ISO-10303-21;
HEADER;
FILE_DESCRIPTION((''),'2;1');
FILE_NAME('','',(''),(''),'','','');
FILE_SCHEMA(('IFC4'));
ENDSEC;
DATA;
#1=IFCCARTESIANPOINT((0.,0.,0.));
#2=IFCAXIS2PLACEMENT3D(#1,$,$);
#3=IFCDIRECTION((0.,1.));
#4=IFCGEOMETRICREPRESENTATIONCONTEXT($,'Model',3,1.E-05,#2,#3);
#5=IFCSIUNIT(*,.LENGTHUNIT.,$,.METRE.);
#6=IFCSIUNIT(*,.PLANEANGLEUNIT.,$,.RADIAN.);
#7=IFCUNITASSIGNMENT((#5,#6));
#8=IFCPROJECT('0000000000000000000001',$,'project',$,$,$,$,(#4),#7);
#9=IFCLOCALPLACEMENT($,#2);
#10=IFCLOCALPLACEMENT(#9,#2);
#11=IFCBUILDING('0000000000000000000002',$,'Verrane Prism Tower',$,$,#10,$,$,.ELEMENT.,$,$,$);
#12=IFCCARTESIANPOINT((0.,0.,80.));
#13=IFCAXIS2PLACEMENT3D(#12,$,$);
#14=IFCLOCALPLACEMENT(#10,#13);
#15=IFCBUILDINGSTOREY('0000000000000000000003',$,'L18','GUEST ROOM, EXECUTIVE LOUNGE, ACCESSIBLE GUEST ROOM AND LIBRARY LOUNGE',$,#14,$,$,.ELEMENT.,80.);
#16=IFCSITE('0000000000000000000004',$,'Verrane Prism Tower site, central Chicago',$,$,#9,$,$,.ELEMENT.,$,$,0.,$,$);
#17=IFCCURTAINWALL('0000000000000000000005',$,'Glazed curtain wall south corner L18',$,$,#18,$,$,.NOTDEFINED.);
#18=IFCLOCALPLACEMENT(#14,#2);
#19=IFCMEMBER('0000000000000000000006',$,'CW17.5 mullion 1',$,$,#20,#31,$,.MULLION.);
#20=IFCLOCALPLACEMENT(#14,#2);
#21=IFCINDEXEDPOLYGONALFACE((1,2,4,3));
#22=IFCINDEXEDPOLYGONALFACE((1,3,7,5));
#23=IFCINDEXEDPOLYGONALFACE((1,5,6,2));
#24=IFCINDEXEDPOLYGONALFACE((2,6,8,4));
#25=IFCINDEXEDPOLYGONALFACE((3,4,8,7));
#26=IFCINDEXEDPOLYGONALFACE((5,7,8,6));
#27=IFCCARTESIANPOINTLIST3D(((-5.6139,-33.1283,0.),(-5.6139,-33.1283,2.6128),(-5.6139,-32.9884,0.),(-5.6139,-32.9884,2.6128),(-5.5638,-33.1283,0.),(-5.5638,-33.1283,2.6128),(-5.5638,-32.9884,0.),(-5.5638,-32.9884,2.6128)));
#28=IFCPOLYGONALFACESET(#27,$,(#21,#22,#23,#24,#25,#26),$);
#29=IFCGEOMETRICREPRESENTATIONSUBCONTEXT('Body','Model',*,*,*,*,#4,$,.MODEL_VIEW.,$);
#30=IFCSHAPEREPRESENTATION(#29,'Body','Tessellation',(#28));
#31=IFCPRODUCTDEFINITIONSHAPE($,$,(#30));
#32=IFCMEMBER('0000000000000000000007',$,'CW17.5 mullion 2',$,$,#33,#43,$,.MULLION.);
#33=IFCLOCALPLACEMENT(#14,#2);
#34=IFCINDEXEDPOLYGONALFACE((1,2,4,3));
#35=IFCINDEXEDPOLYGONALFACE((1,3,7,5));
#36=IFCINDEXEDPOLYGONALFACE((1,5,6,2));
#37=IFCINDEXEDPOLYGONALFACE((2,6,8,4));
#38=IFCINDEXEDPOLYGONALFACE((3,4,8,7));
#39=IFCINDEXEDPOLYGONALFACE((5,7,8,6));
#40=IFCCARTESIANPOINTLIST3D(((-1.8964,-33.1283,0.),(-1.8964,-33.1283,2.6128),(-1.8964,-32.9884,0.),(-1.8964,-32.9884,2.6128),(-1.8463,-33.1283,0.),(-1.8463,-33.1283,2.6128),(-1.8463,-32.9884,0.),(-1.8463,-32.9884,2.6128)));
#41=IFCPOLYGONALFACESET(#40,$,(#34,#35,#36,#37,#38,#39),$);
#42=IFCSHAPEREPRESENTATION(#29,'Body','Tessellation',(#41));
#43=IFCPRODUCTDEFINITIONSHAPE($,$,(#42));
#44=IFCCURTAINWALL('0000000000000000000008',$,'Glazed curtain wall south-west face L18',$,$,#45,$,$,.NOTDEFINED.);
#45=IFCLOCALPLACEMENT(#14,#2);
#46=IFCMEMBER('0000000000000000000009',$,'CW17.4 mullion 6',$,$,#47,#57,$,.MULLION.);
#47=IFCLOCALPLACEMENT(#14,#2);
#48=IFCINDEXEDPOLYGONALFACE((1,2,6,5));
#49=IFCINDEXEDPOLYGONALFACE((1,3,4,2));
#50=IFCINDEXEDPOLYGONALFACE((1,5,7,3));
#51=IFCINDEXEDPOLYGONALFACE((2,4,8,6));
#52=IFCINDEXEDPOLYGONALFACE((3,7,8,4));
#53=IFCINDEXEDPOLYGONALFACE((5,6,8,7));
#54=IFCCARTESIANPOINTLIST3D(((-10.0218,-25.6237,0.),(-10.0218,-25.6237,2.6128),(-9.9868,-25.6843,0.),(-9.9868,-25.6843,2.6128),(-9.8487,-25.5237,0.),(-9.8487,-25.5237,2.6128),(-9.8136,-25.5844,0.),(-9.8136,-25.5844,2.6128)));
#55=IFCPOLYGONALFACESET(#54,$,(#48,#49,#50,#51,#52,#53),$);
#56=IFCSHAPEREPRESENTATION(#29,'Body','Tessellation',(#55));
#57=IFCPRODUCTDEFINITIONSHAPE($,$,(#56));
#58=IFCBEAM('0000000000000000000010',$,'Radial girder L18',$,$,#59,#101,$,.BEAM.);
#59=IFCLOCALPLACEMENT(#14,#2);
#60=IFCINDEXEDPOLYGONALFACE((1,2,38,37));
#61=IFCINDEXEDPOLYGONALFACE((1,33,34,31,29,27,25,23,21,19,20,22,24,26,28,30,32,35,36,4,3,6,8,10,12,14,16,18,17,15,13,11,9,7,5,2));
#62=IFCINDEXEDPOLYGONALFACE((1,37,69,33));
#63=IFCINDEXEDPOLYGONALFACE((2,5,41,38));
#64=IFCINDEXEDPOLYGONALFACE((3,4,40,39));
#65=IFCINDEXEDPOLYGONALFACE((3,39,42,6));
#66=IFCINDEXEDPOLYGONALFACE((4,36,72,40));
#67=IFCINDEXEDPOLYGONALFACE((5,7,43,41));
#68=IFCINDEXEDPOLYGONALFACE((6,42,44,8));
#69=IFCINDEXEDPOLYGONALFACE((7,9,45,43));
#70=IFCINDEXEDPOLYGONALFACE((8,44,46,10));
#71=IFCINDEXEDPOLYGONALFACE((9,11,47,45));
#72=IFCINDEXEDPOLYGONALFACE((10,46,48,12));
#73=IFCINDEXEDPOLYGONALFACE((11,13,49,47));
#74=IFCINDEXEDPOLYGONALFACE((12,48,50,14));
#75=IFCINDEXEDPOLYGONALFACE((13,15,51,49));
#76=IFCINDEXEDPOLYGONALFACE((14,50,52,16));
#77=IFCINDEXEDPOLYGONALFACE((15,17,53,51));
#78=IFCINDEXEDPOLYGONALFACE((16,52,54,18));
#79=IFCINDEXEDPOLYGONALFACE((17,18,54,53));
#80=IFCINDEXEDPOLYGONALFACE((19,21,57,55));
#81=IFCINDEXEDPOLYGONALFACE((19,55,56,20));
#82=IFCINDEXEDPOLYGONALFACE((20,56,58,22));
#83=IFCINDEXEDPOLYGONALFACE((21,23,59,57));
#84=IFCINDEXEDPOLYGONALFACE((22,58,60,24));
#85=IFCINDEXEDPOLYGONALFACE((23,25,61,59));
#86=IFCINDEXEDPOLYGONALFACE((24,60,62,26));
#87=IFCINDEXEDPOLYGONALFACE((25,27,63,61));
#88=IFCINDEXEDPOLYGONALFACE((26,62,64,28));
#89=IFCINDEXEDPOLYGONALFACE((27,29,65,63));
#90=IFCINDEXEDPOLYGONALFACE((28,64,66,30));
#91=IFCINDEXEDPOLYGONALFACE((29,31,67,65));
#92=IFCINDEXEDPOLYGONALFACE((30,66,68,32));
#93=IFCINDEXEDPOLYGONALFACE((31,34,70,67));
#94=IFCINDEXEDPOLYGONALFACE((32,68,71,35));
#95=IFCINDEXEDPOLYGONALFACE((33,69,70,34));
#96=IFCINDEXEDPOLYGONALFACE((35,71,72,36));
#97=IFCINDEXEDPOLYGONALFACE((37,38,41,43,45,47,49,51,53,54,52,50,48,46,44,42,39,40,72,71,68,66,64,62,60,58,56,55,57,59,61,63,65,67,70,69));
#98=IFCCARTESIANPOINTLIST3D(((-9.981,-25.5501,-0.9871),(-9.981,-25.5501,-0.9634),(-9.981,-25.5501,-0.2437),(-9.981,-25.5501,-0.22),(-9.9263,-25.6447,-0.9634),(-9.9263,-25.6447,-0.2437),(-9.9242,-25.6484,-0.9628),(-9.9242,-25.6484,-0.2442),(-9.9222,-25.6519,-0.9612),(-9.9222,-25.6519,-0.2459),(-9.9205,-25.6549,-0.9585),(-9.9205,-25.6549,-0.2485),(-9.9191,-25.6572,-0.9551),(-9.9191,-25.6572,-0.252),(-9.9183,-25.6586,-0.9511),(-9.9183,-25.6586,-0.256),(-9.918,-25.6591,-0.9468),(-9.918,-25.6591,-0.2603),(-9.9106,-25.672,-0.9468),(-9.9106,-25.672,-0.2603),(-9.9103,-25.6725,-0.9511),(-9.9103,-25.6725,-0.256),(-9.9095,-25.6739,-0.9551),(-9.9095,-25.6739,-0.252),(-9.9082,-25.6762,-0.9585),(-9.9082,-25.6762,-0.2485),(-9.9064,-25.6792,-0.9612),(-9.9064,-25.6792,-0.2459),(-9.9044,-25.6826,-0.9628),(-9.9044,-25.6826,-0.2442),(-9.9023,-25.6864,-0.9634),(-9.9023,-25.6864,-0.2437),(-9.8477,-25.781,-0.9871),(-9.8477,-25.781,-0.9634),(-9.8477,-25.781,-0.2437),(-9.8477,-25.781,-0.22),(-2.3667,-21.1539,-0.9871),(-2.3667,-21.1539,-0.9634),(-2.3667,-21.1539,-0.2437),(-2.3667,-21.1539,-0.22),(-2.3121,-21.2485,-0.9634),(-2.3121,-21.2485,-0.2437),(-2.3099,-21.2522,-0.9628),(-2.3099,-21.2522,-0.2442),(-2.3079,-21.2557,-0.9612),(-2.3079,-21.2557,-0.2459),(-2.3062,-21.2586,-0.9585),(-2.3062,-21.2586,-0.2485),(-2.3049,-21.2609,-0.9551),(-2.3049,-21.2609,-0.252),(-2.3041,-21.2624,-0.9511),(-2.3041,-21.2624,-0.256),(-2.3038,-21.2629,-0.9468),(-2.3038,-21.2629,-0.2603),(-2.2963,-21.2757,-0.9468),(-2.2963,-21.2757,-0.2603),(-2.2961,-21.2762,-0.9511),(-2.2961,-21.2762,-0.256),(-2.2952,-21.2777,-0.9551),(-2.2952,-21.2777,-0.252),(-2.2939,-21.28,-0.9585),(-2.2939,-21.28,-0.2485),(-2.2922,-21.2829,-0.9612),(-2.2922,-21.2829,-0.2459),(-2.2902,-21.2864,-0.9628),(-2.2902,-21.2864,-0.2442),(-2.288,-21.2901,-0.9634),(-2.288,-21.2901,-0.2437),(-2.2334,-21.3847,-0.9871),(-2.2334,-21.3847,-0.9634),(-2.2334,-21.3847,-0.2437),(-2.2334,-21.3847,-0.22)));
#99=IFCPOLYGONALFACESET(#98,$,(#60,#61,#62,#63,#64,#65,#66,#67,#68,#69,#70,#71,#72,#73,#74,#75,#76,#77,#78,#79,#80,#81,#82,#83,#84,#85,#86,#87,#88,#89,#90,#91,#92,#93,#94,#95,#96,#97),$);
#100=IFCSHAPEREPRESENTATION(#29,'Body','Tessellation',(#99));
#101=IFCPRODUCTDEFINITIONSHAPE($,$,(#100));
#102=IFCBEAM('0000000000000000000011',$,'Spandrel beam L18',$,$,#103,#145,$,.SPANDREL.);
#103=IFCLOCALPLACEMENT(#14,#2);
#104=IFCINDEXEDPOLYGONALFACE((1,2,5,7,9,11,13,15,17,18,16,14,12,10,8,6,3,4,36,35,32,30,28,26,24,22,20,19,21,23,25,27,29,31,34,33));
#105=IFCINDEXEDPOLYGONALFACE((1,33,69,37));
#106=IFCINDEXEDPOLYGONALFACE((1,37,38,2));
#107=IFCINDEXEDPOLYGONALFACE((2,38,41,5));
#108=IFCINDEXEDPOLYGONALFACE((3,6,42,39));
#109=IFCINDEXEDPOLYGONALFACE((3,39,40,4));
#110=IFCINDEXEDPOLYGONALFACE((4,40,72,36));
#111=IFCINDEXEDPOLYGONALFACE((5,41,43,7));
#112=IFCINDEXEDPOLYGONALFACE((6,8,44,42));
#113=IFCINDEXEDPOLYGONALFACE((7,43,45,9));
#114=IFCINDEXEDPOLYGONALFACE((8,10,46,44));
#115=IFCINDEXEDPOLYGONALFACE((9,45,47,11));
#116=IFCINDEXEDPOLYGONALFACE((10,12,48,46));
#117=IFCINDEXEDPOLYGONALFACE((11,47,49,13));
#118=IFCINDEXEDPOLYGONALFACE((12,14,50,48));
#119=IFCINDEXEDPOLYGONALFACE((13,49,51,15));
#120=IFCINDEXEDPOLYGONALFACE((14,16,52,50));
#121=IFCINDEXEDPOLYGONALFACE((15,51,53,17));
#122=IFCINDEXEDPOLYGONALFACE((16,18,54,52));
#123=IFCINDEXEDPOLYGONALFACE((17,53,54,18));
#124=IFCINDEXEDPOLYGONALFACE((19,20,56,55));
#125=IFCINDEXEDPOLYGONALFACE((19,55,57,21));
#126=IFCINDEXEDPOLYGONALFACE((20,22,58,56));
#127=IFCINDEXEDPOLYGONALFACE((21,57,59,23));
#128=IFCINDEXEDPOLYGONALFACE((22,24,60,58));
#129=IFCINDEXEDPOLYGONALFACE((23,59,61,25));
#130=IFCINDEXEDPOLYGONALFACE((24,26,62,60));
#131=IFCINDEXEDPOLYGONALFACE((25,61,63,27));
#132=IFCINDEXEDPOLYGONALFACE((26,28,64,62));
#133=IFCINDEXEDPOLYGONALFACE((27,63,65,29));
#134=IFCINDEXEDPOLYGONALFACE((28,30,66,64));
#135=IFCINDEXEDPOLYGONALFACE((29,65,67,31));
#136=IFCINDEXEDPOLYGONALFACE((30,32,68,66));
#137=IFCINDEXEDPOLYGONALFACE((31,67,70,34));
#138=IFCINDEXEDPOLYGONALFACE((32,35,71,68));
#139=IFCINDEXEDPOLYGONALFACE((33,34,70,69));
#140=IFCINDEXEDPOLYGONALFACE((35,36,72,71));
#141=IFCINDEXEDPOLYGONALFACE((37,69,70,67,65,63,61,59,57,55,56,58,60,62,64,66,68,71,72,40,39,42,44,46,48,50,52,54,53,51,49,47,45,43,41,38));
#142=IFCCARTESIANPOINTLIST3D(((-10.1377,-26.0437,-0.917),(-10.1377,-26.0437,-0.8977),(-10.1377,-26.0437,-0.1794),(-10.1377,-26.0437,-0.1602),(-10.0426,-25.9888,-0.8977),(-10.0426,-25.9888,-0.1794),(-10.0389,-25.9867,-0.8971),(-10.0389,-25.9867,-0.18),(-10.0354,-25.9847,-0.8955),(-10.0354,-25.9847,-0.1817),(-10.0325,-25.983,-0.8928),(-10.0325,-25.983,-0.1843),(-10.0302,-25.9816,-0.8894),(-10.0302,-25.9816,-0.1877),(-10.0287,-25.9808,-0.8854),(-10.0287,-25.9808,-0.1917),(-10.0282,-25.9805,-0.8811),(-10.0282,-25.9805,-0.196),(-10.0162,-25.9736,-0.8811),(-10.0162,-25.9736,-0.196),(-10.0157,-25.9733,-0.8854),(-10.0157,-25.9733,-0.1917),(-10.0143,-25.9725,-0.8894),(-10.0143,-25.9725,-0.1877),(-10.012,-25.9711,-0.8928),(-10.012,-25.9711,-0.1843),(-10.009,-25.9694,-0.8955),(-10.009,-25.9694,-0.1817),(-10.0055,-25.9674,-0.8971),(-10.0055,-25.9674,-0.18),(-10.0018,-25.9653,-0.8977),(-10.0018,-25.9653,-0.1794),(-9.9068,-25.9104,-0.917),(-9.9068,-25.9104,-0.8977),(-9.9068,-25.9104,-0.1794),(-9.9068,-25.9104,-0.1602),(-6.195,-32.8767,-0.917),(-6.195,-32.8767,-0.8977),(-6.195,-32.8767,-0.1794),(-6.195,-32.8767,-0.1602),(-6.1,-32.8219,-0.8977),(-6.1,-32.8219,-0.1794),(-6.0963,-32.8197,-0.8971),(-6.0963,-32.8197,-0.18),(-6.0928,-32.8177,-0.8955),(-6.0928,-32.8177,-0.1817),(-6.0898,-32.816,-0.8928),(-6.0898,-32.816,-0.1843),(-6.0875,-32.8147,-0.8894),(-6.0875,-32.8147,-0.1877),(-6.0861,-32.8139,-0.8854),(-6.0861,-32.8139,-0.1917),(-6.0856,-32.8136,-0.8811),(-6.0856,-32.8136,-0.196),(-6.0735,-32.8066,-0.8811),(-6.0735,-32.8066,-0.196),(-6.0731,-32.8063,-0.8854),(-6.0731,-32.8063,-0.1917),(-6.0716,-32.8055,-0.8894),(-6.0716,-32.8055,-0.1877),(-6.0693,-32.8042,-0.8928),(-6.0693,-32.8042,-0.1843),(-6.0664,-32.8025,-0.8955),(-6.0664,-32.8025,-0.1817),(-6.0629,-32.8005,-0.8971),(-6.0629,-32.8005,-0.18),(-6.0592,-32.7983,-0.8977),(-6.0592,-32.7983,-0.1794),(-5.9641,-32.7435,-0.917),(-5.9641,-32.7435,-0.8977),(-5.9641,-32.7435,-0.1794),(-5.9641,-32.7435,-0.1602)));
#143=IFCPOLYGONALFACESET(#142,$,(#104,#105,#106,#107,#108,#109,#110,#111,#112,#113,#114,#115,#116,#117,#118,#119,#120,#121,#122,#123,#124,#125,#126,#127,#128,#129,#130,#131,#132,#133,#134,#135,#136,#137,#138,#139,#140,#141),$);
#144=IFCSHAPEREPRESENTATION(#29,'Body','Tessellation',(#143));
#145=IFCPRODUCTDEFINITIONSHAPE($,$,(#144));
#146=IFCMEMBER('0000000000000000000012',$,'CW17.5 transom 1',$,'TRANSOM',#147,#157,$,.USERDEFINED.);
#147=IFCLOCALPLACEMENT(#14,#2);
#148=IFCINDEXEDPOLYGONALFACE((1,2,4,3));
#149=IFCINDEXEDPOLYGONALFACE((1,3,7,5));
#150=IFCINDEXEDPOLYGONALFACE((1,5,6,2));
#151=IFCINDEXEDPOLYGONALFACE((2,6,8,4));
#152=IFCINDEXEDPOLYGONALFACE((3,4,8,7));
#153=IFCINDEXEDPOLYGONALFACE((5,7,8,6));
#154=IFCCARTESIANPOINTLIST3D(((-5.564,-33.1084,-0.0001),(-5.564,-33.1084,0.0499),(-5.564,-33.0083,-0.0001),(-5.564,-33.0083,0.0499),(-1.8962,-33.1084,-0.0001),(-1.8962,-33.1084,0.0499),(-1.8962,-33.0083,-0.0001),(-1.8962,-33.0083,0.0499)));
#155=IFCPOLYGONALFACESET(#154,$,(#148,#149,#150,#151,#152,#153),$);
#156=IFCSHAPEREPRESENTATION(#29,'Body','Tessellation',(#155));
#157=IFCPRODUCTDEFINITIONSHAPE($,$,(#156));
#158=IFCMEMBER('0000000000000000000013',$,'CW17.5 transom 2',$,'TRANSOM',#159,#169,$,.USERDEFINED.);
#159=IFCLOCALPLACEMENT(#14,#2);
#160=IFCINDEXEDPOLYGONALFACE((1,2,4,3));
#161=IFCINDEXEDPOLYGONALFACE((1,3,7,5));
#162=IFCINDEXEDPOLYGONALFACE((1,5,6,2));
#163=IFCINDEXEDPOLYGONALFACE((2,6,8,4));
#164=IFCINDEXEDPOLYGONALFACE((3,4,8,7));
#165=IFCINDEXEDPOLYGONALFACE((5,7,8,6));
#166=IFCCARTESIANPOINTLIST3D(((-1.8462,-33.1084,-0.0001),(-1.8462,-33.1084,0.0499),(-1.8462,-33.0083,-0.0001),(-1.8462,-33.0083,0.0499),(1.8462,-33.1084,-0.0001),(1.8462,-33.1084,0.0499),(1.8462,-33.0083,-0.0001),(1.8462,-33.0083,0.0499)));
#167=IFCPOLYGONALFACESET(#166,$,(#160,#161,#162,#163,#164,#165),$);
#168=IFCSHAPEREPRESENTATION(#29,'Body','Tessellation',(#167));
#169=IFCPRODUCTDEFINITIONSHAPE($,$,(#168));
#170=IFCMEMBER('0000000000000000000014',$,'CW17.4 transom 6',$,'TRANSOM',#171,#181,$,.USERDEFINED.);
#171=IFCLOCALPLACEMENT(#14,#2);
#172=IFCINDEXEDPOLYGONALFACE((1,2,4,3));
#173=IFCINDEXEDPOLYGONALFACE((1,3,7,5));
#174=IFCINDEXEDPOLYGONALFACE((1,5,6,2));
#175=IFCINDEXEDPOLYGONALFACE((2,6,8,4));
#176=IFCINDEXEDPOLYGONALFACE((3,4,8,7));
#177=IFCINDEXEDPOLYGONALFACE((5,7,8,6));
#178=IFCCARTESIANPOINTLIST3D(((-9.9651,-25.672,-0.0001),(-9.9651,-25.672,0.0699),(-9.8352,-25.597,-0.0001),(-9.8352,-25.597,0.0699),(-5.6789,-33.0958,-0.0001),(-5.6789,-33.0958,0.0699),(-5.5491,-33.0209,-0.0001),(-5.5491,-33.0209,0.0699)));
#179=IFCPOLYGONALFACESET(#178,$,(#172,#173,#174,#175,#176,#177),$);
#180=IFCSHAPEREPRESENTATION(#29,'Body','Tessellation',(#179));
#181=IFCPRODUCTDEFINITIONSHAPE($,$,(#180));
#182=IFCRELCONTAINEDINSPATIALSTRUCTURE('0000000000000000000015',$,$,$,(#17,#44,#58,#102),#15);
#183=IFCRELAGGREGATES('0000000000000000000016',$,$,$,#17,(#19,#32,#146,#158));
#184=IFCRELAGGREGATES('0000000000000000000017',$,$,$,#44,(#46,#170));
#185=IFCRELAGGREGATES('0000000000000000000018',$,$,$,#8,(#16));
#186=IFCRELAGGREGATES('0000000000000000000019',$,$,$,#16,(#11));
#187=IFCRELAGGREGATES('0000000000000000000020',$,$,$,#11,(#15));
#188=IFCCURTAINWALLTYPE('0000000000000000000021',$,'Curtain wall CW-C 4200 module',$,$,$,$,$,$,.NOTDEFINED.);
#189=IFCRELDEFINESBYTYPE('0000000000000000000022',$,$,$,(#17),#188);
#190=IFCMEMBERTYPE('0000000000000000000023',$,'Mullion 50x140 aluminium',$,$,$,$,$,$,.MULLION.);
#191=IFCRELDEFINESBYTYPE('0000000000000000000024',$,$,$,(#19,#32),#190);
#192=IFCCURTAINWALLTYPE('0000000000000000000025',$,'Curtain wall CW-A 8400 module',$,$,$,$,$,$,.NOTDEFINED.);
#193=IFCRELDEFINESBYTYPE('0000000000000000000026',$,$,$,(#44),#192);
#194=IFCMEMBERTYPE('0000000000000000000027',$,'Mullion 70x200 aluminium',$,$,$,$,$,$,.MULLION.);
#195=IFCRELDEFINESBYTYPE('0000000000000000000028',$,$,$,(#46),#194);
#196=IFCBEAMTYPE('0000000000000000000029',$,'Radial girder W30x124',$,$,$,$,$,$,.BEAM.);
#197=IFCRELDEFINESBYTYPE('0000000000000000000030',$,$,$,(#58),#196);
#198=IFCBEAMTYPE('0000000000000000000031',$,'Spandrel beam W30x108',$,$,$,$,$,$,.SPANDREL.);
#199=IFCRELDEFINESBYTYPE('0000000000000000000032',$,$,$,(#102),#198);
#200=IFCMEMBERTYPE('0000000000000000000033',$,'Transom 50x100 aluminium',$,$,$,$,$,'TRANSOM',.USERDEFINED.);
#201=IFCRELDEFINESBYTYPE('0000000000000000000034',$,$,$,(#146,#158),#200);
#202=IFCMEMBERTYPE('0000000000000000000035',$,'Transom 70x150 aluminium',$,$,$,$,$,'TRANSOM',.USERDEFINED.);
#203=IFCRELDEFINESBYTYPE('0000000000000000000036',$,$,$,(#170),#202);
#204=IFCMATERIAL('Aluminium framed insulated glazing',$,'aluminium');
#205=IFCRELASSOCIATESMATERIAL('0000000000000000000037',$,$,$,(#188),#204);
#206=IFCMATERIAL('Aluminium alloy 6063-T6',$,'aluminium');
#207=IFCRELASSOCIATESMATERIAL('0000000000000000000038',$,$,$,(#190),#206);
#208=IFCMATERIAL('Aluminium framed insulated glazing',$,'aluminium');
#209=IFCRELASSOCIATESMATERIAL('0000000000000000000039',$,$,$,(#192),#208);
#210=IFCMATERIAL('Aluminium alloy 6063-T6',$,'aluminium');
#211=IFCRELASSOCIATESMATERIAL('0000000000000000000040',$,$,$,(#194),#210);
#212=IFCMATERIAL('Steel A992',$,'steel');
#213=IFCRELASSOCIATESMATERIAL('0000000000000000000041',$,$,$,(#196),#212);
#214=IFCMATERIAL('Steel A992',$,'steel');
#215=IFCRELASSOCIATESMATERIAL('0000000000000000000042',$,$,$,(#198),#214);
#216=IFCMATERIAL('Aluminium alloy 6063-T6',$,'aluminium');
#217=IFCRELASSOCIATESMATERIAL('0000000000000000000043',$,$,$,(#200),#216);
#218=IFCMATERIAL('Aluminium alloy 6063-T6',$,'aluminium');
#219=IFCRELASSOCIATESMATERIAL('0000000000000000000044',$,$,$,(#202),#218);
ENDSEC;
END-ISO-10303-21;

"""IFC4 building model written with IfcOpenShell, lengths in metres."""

from ifc_helpers import new_model, si_unit, direction, frame, origin, origin_2d, place, context, subcontext, project, spatial, rectangle, i_section, extrude, material, material_profile, profile_set, type_object, element, aggregate, save


model = new_model("IFC4")

# Units and contexts
model_context = context("Model", 3, precision=1e-05, world=origin(), true_north=direction((0.0, 1.0)))
body_context = subcontext(model_context, "Body", "Model", "MODEL_VIEW")
ifc_project = project(units=[si_unit("LENGTHUNIT", "METRE"), si_unit("PLANEANGLEUNIT", "RADIAN")], contexts=[model_context])

# Site, building, storey
site_placement = place(None, origin())
site = spatial("IfcSite", under=ifc_project, at=site_placement, Name="Verrane Prism Tower site, central Chicago", CompositionType="ELEMENT", RefElevation=0.0)
building_placement = place(site_placement, origin())
building = spatial("IfcBuilding", under=site, at=building_placement, Name="Verrane Prism Tower", CompositionType="ELEMENT")
storey_placement = place(building_placement, frame((0.0, 0.0, 80.0)))
storey = spatial("IfcBuildingStorey", under=building, at=storey_placement, Name="L18", Description="GUEST ROOM, EXECUTIVE LOUNGE, ACCESSIBLE GUEST ROOM AND LIBRARY LOUNGE", CompositionType="ELEMENT", Elevation=80.0)

# Curtain wall, members
ifc_material_1 = material(Name="Aluminium framed insulated glazing", Category="aluminium")
curtain_wall_type_1 = type_object("IfcCurtainWallType", Name="Curtain wall CW-C 4200 module", PredefinedType="NOTDEFINED", material=ifc_material_1)
curtain_wall_1_placement = place(storey_placement, origin())
curtain_wall_1 = element("IfcCurtainWall", 1, at=curtain_wall_1_placement, inside=storey, type_object=curtain_wall_type_1, Name="Glazed curtain wall south corner L18", PredefinedType="NOTDEFINED")
ifc_material_2 = material(Name="Aluminium alloy 6063-T6", Category="aluminium")
ifc_material_profile_1 = material_profile(ifc_material_2, rectangle(XDim=0.1399, YDim=0.05, at=origin_2d()), Name="Mullion 50x140 aluminium")
ifc_profile_set_1 = profile_set([ifc_material_profile_1], Name="Aluminium alloy 6063-T6")
member_type_1 = type_object("IfcMemberType", Name="Mullion 50x140 aluminium", PredefinedType="MULLION", material=ifc_profile_set_1)
member_1_placement = place(storey_placement, frame((-5.5889, -33.0583, 0.0), z_axis=(0.0, 0.0, 1.0), x_axis=(0.0, 1.0, 0.0)))
member_1 = element("IfcMember", 2, at=member_1_placement, type_object=member_type_1, Name="CW17.5 mullion 1", PredefinedType="MULLION", context=body_context, shape_type="SweptSolid", body=[
    extrude(rectangle(XDim=0.1399, YDim=0.05, at=origin_2d()), origin(), (0.0, 0.0, 1.0), 2.6128),
])
member_2_placement = place(storey_placement, frame((-1.8713, -33.0583, 0.0), z_axis=(0.0, 0.0, 1.0), x_axis=(0.0, 1.0, 0.0)))
member_2 = element("IfcMember", 3, at=member_2_placement, type_object=member_type_1, Name="CW17.5 mullion 2", PredefinedType="MULLION", context=body_context, shape_type="SweptSolid", body=[
    extrude(rectangle(XDim=0.1399, YDim=0.05, at=origin_2d()), origin(), (0.0, 0.0, 1.0), 2.6128),
])

# Curtain wall, member
ifc_material_3 = material(Name="Aluminium framed insulated glazing", Category="aluminium")
curtain_wall_type_2 = type_object("IfcCurtainWallType", Name="Curtain wall CW-A 8400 module", PredefinedType="NOTDEFINED", material=ifc_material_3)
curtain_wall_2_placement = place(storey_placement, origin())
curtain_wall_2 = element("IfcCurtainWall", 4, at=curtain_wall_2_placement, inside=storey, type_object=curtain_wall_type_2, Name="Glazed curtain wall south-west face L18", PredefinedType="NOTDEFINED")
ifc_material_4 = material(Name="Aluminium alloy 6063-T6", Category="aluminium")
ifc_material_profile_2 = material_profile(ifc_material_4, rectangle(XDim=0.2, YDim=0.0701, at=origin_2d()), Name="Mullion 70x200 aluminium")
ifc_profile_set_2 = profile_set([ifc_material_profile_2], Name="Aluminium alloy 6063-T6")
member_type_2 = type_object("IfcMemberType", Name="Mullion 70x200 aluminium", PredefinedType="MULLION", material=ifc_profile_set_2)
member_3_placement = place(storey_placement, frame((-9.9177, -25.604, 0.0), z_axis=(0.0, 0.0, 1.0), x_axis=(0.866026, 0.499999, 0.0)))
member_3 = element("IfcMember", 5, at=member_3_placement, type_object=member_type_2, Name="CW17.4 mullion 6", PredefinedType="MULLION", context=body_context, shape_type="SweptSolid", body=[
    extrude(rectangle(XDim=0.2, YDim=0.0701, at=origin_2d()), origin(), (0.0, 0.0, 1.0), 2.6128),
])

# Beams
ifc_material_5 = material(Name="Steel A992", Category="steel")
ifc_material_profile_3 = material_profile(ifc_material_5, i_section(OverallWidth=0.2666, OverallDepth=0.7671, WebThickness=0.0149, FlangeThickness=0.0237, FilletRadius=0.0166, at=origin_2d()), Name="W30x124")
ifc_profile_set_3 = profile_set([ifc_material_profile_3], Name="Steel A992")
beam_type_1 = type_object("IfcBeamType", Name="Radial girder W30x124", PredefinedType="BEAM", material=ifc_profile_set_3)
beam_1_placement = place(storey_placement, frame((-9.9143, -25.6655, -0.6035), z_axis=(0.866018, 0.500012, 0.0), x_axis=(-0.500012, 0.866018, 0.0)))
element("IfcBeam", 6, at=beam_1_placement, inside=storey, type_object=beam_type_1, Name="Radial girder L18", PredefinedType="BEAM", context=body_context, shape_type="SweptSolid", body=[
    extrude(i_section(OverallWidth=0.2666, OverallDepth=0.7671, WebThickness=0.0149, FlangeThickness=0.0237, FilletRadius=0.0166, at=origin_2d()), origin(), (0.0, 0.0, 1.0), 8.7922),
])
ifc_material_6 = material(Name="Steel A992", Category="steel")
ifc_material_profile_4 = material_profile(ifc_material_6, i_section(OverallWidth=0.2666, OverallDepth=0.7568, WebThickness=0.0139, FlangeThickness=0.0193, FilletRadius=0.0166, at=origin_2d()), Name="W30x108")
ifc_profile_set_4 = profile_set([ifc_material_profile_4], Name="Steel A992")
beam_type_2 = type_object("IfcBeamType", Name="Spandrel beam W30x108", PredefinedType="SPANDREL", material=ifc_profile_set_4)
beam_2_placement = place(storey_placement, frame((-10.0222, -25.9771, -0.5386), z_axis=(0.499771, -0.866158, 0.0), x_axis=(0.866158, 0.499771, 0.0)))
element("IfcBeam", 7, at=beam_2_placement, inside=storey, type_object=beam_type_2, Name="Spandrel beam L18", PredefinedType="SPANDREL", context=body_context, shape_type="SweptSolid", body=[
    extrude(i_section(OverallWidth=0.2666, OverallDepth=0.7568, WebThickness=0.0139, FlangeThickness=0.0193, FilletRadius=0.0166, at=origin_2d()), origin(), (0.0, 0.0, 1.0), 7.8889),
])

# Members
ifc_material_7 = material(Name="Aluminium alloy 6063-T6", Category="aluminium")
ifc_material_profile_5 = material_profile(ifc_material_7, rectangle(XDim=0.1001, YDim=0.05, at=origin_2d()), Name="Transom 50x100 aluminium")
ifc_profile_set_5 = profile_set([ifc_material_profile_5], Name="Aluminium alloy 6063-T6")
member_type_3 = type_object("IfcMemberType", Name="Transom 50x100 aluminium", ElementType="TRANSOM", PredefinedType="USERDEFINED", material=ifc_profile_set_5)
member_4_placement = place(storey_placement, frame((-5.564, -33.0583, 0.0249), z_axis=(1.0, 0.0, 0.0), x_axis=(0.0, 1.0, 0.0)))
member_4 = element("IfcMember", 8, at=member_4_placement, type_object=member_type_3, Name="CW17.5 transom 1", ObjectType="TRANSOM", PredefinedType="USERDEFINED", context=body_context, shape_type="SweptSolid", body=[
    extrude(rectangle(XDim=0.1001, YDim=0.05, at=origin_2d()), origin(), (0.0, 0.0, 1.0), 3.6677),
])
member_5_placement = place(storey_placement, frame((-1.8462, -33.0583, 0.0249), z_axis=(1.0, 0.0, 0.0), x_axis=(0.0, 1.0, 0.0)))
member_5 = element("IfcMember", 9, at=member_5_placement, type_object=member_type_3, Name="CW17.5 transom 2", ObjectType="TRANSOM", PredefinedType="USERDEFINED", context=body_context, shape_type="SweptSolid", body=[
    extrude(rectangle(XDim=0.1001, YDim=0.05, at=origin_2d()), origin(), (0.0, 0.0, 1.0), 3.6924),
])
ifc_material_8 = material(Name="Aluminium alloy 6063-T6", Category="aluminium")
ifc_material_profile_6 = material_profile(ifc_material_8, rectangle(XDim=0.1499, YDim=0.0701, at=origin_2d()), Name="Transom 70x150 aluminium")
ifc_profile_set_6 = profile_set([ifc_material_profile_6], Name="Aluminium alloy 6063-T6")
member_type_4 = type_object("IfcMemberType", Name="Transom 70x150 aluminium", ElementType="TRANSOM", PredefinedType="USERDEFINED", material=ifc_profile_set_6)
member_6_placement = place(storey_placement, frame((-9.9001, -25.6345, 0.0349), z_axis=(0.499999, -0.866026, 0.0), x_axis=(0.866026, 0.499999, 0.0)))
member_6 = element("IfcMember", 10, at=member_6_placement, type_object=member_type_4, Name="CW17.4 transom 6", ObjectType="TRANSOM", PredefinedType="USERDEFINED", context=body_context, shape_type="SweptSolid", body=[
    extrude(rectangle(XDim=0.1499, YDim=0.0701, at=origin_2d()), origin(), (0.0, 0.0, 1.0), 8.5723),
])

aggregate(curtain_wall_1, [member_1, member_2, member_4, member_5])
aggregate(curtain_wall_2, [member_3, member_6])

save(model, "model.ifc")
